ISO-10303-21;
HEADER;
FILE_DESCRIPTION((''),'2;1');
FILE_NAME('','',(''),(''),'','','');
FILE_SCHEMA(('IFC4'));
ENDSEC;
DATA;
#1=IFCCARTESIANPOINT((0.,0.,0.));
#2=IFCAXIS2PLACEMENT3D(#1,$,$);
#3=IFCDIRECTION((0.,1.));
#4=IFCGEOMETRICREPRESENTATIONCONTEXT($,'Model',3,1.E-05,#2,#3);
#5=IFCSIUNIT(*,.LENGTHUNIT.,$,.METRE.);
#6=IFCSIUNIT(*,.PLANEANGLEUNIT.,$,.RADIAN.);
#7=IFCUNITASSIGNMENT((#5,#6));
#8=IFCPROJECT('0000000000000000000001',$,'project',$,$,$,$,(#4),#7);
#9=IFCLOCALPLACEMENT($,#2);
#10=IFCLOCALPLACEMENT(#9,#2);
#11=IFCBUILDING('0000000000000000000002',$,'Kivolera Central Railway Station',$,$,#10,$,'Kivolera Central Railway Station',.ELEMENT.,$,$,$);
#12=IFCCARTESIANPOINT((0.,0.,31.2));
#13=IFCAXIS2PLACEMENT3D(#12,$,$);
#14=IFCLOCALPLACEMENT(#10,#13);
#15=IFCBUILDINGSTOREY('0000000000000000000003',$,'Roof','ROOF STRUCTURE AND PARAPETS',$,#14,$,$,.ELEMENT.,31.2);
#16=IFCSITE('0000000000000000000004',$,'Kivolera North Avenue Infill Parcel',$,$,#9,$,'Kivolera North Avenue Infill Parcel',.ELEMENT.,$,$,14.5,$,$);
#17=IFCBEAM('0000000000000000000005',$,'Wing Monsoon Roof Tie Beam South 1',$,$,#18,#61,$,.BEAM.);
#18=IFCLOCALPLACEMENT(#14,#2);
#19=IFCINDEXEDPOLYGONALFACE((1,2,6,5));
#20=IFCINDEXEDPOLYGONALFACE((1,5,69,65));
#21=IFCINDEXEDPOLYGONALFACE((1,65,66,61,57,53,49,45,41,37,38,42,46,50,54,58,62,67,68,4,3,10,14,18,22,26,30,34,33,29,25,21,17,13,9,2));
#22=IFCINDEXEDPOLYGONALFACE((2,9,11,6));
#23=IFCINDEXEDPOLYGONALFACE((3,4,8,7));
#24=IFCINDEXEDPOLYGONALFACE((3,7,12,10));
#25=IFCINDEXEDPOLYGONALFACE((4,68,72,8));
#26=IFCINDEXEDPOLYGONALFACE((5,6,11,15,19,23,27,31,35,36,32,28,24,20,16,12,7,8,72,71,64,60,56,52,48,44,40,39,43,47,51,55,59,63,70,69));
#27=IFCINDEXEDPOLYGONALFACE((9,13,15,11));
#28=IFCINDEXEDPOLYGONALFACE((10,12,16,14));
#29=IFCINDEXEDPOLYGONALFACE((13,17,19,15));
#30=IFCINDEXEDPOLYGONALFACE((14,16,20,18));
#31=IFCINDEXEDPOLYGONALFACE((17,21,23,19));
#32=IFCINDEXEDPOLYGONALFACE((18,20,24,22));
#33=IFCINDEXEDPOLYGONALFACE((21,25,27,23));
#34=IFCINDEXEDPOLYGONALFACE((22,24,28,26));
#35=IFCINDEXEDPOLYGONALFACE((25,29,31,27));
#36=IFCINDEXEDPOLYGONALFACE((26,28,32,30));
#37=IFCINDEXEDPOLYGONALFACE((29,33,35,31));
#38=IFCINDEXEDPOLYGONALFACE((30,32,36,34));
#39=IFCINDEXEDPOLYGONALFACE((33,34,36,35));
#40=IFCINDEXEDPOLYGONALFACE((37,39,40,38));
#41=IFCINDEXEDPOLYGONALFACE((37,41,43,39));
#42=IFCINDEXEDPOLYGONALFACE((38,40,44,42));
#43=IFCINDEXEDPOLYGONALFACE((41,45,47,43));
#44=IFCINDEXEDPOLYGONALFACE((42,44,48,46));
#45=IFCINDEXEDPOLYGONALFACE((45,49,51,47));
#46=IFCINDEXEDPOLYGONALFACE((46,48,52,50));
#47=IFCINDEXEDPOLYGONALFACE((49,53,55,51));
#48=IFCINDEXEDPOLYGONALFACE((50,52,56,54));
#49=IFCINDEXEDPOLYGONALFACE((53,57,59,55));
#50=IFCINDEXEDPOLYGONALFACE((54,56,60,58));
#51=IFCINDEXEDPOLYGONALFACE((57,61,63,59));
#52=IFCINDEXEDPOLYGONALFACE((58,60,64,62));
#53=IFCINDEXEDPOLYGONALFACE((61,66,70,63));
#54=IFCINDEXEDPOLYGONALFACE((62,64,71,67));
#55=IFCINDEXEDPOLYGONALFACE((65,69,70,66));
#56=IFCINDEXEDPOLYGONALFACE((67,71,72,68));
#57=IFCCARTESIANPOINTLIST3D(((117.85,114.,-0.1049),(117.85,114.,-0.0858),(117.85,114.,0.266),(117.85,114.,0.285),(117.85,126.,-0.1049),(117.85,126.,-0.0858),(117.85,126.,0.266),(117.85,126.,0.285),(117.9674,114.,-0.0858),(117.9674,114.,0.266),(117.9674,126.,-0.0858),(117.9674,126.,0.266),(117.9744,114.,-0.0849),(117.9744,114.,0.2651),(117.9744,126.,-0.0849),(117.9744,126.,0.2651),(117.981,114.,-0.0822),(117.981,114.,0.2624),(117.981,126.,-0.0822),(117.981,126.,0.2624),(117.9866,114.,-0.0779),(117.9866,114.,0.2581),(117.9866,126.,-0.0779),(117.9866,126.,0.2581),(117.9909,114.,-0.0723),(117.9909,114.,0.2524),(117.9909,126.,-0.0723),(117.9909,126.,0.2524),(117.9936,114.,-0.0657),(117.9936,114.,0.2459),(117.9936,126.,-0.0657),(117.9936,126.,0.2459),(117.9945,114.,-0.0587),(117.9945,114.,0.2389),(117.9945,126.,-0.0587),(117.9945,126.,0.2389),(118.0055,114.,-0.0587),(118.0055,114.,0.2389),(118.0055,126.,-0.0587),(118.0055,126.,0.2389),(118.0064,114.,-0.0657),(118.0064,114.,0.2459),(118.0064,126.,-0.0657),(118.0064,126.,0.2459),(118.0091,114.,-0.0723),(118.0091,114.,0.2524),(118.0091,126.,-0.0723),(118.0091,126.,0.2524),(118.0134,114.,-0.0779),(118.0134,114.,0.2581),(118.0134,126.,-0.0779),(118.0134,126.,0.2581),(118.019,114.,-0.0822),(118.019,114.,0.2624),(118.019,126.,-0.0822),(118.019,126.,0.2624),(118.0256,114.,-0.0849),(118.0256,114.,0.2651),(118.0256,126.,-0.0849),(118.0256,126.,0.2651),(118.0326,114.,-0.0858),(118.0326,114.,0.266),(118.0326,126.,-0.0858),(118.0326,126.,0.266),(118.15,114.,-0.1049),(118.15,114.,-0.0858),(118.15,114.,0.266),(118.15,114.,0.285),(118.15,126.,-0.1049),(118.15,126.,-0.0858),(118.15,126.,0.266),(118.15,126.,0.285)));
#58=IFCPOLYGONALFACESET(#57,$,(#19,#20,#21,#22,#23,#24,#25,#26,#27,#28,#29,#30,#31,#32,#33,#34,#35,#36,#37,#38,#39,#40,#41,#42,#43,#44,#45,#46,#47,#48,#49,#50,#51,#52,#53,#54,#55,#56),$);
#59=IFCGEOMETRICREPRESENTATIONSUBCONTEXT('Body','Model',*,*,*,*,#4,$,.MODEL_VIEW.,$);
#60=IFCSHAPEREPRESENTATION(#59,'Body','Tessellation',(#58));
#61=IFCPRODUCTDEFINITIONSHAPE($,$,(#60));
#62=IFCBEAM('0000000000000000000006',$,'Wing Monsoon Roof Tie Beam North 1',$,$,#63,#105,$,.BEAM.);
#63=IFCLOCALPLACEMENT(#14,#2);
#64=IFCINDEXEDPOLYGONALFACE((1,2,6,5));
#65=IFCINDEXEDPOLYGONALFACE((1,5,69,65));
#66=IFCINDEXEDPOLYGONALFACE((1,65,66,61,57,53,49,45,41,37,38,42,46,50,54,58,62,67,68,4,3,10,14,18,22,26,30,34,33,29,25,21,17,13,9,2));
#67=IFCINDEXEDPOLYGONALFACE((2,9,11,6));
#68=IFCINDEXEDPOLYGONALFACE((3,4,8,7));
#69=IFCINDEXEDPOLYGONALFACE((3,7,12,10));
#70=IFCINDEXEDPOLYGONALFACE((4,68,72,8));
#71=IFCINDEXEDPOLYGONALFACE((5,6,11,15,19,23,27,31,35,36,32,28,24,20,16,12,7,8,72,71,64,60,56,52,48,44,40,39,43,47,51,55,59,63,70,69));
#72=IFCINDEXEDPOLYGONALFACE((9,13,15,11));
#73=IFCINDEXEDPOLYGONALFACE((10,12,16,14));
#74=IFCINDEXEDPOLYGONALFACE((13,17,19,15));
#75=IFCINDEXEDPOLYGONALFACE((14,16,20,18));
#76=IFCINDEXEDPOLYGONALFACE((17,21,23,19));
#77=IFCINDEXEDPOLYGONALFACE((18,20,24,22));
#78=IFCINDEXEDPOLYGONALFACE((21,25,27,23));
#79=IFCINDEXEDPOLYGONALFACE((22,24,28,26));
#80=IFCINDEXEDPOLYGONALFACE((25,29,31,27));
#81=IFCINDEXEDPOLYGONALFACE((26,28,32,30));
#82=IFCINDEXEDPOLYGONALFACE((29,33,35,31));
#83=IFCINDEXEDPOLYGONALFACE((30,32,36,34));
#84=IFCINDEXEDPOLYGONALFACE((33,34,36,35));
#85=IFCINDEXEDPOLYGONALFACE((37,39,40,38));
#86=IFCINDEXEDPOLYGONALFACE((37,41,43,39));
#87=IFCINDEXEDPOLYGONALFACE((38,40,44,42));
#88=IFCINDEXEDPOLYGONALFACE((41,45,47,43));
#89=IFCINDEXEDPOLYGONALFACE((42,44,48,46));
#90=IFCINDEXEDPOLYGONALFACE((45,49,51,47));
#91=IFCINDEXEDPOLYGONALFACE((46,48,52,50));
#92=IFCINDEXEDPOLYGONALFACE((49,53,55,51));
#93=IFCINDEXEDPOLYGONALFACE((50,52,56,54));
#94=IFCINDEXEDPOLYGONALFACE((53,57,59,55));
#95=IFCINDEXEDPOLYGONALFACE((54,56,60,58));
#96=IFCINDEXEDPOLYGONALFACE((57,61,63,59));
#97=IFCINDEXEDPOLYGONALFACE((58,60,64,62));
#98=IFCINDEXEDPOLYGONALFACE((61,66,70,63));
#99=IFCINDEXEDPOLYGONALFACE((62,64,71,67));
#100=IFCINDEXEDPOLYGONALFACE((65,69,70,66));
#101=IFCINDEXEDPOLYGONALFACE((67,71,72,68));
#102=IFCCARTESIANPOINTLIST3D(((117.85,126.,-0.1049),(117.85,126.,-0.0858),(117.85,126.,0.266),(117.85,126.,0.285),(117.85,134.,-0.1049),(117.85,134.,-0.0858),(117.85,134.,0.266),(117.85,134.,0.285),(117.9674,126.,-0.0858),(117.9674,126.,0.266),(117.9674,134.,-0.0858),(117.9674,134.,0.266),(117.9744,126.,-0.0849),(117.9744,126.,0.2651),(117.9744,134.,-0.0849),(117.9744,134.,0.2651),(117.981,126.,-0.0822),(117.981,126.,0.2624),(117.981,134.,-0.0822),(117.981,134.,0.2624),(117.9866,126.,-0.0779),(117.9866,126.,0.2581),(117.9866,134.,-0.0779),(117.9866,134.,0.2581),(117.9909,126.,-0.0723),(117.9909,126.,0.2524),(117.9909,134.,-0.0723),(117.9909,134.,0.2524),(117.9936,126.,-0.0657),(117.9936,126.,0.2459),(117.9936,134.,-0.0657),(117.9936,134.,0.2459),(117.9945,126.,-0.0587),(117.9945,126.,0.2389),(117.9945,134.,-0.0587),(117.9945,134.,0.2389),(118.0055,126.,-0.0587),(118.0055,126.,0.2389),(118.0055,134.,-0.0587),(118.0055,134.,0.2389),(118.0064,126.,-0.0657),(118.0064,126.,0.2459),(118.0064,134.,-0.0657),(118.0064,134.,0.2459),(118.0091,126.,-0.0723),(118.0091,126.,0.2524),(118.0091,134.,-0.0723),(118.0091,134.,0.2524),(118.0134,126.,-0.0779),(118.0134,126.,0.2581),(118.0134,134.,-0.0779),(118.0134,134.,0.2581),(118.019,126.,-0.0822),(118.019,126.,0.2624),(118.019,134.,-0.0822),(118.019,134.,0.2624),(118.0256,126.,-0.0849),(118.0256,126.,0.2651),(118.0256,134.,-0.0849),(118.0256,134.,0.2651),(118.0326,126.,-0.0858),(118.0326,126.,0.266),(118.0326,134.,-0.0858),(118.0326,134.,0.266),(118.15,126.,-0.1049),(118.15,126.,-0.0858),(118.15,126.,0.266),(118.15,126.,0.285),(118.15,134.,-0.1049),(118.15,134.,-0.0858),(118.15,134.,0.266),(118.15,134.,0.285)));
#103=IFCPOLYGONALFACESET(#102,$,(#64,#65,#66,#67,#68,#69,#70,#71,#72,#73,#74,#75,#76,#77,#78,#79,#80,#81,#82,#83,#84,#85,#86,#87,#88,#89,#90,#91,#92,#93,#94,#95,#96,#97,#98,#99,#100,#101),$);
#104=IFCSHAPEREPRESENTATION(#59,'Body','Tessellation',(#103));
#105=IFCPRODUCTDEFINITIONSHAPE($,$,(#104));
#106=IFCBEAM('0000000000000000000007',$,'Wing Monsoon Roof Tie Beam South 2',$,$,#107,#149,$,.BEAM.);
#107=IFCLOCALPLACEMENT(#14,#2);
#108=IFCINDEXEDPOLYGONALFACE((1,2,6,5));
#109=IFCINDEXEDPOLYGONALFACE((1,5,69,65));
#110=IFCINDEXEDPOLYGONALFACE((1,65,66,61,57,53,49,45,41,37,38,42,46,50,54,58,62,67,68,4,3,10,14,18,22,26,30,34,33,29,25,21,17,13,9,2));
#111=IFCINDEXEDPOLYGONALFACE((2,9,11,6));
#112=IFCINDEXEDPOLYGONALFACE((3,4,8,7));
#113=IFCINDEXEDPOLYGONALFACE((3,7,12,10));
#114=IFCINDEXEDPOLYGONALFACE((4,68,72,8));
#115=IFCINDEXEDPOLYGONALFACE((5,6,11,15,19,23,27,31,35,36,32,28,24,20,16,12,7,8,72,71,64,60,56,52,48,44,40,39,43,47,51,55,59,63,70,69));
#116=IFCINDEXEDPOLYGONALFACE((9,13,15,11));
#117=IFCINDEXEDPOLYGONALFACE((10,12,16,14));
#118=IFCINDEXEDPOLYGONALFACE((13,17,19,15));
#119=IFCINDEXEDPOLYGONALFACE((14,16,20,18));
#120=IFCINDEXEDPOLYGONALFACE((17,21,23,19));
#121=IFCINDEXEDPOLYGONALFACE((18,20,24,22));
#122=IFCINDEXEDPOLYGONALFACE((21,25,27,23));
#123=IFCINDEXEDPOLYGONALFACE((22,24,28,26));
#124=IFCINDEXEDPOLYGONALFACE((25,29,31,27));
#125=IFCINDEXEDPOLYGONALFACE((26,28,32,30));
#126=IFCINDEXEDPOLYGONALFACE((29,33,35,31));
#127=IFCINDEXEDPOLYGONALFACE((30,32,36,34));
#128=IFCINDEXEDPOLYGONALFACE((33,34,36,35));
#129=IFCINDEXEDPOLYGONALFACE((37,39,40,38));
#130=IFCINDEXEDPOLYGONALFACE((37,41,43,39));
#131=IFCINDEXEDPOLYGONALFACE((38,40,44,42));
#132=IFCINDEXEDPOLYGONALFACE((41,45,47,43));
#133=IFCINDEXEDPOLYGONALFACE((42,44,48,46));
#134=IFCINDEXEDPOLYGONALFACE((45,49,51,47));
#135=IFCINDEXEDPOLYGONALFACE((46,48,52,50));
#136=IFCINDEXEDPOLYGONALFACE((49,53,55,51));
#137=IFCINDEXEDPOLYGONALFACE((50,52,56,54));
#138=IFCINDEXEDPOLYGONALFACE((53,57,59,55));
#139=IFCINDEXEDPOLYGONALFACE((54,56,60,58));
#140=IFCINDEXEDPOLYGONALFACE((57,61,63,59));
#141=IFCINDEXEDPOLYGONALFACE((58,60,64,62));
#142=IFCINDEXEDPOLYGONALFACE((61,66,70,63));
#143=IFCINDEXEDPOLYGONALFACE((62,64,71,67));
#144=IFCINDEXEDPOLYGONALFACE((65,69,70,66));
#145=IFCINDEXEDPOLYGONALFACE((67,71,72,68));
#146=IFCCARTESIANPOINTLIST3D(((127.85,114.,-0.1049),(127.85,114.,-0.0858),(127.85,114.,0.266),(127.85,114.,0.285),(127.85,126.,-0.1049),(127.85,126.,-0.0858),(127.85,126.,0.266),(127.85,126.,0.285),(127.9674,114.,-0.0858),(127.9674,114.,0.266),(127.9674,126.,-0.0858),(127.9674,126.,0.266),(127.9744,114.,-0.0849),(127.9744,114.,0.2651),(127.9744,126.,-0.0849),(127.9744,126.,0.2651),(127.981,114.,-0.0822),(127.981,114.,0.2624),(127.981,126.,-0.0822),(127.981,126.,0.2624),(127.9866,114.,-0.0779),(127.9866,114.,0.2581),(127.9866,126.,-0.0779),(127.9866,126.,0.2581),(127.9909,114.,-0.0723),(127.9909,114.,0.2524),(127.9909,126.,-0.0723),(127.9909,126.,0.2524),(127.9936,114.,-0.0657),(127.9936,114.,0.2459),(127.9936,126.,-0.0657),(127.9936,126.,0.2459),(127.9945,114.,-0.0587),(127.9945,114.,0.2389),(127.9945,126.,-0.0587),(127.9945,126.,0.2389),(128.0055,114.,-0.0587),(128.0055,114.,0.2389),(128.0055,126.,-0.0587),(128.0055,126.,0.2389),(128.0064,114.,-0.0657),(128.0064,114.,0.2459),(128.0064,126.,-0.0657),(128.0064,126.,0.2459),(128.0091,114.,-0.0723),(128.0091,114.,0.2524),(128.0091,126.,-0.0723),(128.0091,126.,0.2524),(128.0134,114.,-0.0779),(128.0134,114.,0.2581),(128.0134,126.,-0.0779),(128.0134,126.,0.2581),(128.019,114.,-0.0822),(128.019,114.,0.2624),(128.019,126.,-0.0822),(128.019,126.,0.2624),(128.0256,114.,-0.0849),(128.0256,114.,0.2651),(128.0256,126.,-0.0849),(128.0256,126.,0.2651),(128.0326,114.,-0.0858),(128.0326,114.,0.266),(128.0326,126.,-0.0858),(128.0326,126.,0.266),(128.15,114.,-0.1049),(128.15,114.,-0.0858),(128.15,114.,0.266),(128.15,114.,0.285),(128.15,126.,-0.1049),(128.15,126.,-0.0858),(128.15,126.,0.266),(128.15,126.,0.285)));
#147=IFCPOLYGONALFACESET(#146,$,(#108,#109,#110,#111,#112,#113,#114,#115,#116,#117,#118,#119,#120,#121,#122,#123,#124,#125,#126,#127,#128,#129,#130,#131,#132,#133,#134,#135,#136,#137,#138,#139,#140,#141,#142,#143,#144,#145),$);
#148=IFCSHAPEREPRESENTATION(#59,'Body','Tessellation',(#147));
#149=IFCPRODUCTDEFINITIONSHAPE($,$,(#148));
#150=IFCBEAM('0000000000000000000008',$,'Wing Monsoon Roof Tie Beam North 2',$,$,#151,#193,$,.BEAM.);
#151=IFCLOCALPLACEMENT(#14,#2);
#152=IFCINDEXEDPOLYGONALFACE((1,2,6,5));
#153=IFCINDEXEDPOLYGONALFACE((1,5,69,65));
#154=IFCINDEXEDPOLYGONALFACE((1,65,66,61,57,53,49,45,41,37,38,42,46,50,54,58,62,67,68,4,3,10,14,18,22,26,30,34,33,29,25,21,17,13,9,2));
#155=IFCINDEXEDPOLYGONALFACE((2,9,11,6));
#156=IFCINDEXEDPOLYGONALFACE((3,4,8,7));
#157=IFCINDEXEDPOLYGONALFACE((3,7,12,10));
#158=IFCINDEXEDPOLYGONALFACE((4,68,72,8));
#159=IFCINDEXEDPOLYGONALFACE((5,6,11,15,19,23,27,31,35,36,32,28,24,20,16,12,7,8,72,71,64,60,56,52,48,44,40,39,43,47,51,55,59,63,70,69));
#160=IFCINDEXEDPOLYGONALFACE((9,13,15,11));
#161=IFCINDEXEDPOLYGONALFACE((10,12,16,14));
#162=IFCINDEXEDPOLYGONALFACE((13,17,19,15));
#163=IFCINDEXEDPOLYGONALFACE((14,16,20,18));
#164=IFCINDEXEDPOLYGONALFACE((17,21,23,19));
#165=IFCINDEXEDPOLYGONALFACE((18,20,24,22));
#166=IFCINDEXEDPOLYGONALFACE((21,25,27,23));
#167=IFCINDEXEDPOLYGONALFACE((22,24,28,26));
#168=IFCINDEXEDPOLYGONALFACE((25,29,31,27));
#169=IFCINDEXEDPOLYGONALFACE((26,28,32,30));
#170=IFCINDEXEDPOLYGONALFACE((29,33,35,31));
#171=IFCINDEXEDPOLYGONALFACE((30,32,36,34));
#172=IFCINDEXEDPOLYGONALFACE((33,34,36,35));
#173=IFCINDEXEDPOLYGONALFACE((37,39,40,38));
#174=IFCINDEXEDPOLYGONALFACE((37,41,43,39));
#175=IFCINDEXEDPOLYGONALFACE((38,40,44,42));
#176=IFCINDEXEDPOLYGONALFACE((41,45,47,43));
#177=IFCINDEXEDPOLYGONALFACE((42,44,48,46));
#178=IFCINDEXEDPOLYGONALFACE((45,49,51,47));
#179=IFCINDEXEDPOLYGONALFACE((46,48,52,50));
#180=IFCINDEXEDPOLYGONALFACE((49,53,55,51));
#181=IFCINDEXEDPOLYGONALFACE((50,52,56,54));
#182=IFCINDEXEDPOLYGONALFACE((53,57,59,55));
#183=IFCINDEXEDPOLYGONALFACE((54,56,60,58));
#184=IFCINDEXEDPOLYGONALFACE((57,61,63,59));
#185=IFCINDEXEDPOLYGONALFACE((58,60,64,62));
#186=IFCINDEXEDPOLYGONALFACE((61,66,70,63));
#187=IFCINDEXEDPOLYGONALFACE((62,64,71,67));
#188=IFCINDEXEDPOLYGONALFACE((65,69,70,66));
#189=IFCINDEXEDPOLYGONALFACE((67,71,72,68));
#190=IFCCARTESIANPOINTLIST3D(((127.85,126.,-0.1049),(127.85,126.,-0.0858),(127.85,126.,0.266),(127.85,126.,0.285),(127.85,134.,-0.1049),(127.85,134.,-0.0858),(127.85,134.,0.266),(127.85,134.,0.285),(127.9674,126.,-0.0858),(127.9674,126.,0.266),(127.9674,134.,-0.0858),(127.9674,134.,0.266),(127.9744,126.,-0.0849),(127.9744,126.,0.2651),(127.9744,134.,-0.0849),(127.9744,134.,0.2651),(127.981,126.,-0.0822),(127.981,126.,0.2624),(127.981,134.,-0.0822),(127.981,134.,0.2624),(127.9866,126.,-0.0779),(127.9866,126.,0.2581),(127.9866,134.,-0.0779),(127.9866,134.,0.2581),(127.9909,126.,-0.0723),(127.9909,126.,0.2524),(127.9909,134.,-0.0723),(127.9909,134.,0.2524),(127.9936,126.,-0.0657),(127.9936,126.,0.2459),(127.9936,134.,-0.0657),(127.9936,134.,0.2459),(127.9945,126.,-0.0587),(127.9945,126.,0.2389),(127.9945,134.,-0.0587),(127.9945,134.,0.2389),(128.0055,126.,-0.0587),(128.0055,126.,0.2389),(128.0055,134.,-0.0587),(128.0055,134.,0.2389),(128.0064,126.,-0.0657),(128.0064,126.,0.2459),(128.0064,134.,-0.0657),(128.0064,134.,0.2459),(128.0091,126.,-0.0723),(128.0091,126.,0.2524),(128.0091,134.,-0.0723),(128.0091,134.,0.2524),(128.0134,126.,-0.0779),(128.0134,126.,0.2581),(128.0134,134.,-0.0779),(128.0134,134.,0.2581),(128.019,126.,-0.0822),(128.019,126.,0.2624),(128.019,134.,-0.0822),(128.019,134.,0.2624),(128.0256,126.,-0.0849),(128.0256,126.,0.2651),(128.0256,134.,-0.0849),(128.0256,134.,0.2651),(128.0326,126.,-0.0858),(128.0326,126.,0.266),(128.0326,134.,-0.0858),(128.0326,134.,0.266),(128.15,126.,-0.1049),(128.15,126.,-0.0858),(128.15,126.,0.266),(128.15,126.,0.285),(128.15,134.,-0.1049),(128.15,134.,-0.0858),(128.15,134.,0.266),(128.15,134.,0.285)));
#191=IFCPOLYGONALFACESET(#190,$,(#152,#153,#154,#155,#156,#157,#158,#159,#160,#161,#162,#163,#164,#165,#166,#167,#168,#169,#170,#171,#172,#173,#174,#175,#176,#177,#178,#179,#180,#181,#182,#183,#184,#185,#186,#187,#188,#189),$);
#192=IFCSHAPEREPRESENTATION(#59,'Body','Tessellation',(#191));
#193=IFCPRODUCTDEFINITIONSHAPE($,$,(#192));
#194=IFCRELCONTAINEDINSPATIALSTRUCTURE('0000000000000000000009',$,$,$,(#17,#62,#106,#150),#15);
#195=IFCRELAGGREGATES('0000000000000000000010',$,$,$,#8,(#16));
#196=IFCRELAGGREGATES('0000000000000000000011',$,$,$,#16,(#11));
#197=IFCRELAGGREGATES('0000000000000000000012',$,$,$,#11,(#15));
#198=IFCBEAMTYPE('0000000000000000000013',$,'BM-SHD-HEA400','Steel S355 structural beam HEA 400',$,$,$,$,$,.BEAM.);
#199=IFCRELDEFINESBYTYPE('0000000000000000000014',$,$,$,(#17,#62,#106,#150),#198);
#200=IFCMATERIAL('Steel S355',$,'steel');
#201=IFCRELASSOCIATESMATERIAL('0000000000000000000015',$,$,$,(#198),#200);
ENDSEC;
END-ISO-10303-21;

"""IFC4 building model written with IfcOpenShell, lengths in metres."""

from ifc_helpers import new_model, si_unit, direction, frame, origin, origin_2d, place, context, subcontext, project, spatial, i_section, extrude, material, material_profile, profile_set, type_object, element, save


model = new_model("IFC4")

# Units and contexts
model_context = context("Model", 3, precision=1e-05, world=origin(), true_north=direction((0.0, 1.0)))
body_context = subcontext(model_context, "Body", "Model", "MODEL_VIEW")
ifc_project = project(units=[si_unit("LENGTHUNIT", "METRE"), si_unit("PLANEANGLEUNIT", "RADIAN")], contexts=[model_context])

# Site, building, storey
site_placement = place(None, origin())
site = spatial("IfcSite", under=ifc_project, at=site_placement, Name="Kivolera North Avenue Infill Parcel", LongName="Kivolera North Avenue Infill Parcel", CompositionType="ELEMENT", RefElevation=14.5)
building_placement = place(site_placement, origin())
building = spatial("IfcBuilding", under=site, at=building_placement, Name="Kivolera Central Railway Station", LongName="Kivolera Central Railway Station", CompositionType="ELEMENT")
storey_placement = place(building_placement, frame((0.0, 0.0, 31.2)))
storey = spatial("IfcBuildingStorey", under=building, at=storey_placement, Name="Roof", Description="ROOF STRUCTURE AND PARAPETS", CompositionType="ELEMENT", Elevation=31.2)

# Beams
ifc_material_1 = material(Name="Steel S355", Category="steel")
ifc_material_profile_1 = material_profile(ifc_material_1, i_section(OverallWidth=0.3, OverallDepth=0.3899, WebThickness=0.011, FlangeThickness=0.019, FilletRadius=0.0271, at=origin_2d()), Name="HEA 400")
ifc_profile_set_1 = profile_set([ifc_material_profile_1], Name="Steel S355")
beam_type_1 = type_object("IfcBeamType", Name="BM-SHD-HEA400", Description="Steel S355 structural beam HEA 400", PredefinedType="BEAM", material=ifc_profile_set_1)
beam_1_placement = place(storey_placement, frame((118.0, 114.0, 0.0901), z_axis=(0.0, 1.0, 0.0), x_axis=(-1.0, 0.0, 0.0)))
element("IfcBeam", 1, at=beam_1_placement, inside=storey, type_object=beam_type_1, Name="Wing Monsoon Roof Tie Beam South 1", PredefinedType="BEAM", context=body_context, shape_type="SweptSolid", body=[
    extrude(i_section(OverallWidth=0.3, OverallDepth=0.3899, WebThickness=0.011, FlangeThickness=0.019, FilletRadius=0.0271, at=origin_2d()), origin(), (0.0, 0.0, 1.0), 12.0),
])
beam_2_placement = place(storey_placement, frame((118.0, 126.0, 0.0901), z_axis=(0.0, 1.0, 0.0), x_axis=(-1.0, 0.0, 0.0)))
element("IfcBeam", 2, at=beam_2_placement, inside=storey, type_object=beam_type_1, Name="Wing Monsoon Roof Tie Beam North 1", PredefinedType="BEAM", context=body_context, shape_type="SweptSolid", body=[
    extrude(i_section(OverallWidth=0.3, OverallDepth=0.3899, WebThickness=0.011, FlangeThickness=0.019, FilletRadius=0.0271, at=origin_2d()), origin(), (0.0, 0.0, 1.0), 8.0),
])
beam_3_placement = place(storey_placement, frame((128.0, 114.0, 0.0901), z_axis=(0.0, 1.0, 0.0), x_axis=(-1.0, 0.0, 0.0)))
element("IfcBeam", 3, at=beam_3_placement, inside=storey, type_object=beam_type_1, Name="Wing Monsoon Roof Tie Beam South 2", PredefinedType="BEAM", context=body_context, shape_type="SweptSolid", body=[
    extrude(i_section(OverallWidth=0.3, OverallDepth=0.3899, WebThickness=0.011, FlangeThickness=0.019, FilletRadius=0.0271, at=origin_2d()), origin(), (0.0, 0.0, 1.0), 12.0),
])
beam_4_placement = place(storey_placement, frame((128.0, 126.0, 0.0901), z_axis=(0.0, 1.0, 0.0), x_axis=(-1.0, 0.0, 0.0)))
element("IfcBeam", 4, at=beam_4_placement, inside=storey, type_object=beam_type_1, Name="Wing Monsoon Roof Tie Beam North 2", PredefinedType="BEAM", context=body_context, shape_type="SweptSolid", body=[
    extrude(i_section(OverallWidth=0.3, OverallDepth=0.3899, WebThickness=0.011, FlangeThickness=0.019, FilletRadius=0.0271, at=origin_2d()), origin(), (0.0, 0.0, 1.0), 8.0),
])

save(model, "model.ifc")
